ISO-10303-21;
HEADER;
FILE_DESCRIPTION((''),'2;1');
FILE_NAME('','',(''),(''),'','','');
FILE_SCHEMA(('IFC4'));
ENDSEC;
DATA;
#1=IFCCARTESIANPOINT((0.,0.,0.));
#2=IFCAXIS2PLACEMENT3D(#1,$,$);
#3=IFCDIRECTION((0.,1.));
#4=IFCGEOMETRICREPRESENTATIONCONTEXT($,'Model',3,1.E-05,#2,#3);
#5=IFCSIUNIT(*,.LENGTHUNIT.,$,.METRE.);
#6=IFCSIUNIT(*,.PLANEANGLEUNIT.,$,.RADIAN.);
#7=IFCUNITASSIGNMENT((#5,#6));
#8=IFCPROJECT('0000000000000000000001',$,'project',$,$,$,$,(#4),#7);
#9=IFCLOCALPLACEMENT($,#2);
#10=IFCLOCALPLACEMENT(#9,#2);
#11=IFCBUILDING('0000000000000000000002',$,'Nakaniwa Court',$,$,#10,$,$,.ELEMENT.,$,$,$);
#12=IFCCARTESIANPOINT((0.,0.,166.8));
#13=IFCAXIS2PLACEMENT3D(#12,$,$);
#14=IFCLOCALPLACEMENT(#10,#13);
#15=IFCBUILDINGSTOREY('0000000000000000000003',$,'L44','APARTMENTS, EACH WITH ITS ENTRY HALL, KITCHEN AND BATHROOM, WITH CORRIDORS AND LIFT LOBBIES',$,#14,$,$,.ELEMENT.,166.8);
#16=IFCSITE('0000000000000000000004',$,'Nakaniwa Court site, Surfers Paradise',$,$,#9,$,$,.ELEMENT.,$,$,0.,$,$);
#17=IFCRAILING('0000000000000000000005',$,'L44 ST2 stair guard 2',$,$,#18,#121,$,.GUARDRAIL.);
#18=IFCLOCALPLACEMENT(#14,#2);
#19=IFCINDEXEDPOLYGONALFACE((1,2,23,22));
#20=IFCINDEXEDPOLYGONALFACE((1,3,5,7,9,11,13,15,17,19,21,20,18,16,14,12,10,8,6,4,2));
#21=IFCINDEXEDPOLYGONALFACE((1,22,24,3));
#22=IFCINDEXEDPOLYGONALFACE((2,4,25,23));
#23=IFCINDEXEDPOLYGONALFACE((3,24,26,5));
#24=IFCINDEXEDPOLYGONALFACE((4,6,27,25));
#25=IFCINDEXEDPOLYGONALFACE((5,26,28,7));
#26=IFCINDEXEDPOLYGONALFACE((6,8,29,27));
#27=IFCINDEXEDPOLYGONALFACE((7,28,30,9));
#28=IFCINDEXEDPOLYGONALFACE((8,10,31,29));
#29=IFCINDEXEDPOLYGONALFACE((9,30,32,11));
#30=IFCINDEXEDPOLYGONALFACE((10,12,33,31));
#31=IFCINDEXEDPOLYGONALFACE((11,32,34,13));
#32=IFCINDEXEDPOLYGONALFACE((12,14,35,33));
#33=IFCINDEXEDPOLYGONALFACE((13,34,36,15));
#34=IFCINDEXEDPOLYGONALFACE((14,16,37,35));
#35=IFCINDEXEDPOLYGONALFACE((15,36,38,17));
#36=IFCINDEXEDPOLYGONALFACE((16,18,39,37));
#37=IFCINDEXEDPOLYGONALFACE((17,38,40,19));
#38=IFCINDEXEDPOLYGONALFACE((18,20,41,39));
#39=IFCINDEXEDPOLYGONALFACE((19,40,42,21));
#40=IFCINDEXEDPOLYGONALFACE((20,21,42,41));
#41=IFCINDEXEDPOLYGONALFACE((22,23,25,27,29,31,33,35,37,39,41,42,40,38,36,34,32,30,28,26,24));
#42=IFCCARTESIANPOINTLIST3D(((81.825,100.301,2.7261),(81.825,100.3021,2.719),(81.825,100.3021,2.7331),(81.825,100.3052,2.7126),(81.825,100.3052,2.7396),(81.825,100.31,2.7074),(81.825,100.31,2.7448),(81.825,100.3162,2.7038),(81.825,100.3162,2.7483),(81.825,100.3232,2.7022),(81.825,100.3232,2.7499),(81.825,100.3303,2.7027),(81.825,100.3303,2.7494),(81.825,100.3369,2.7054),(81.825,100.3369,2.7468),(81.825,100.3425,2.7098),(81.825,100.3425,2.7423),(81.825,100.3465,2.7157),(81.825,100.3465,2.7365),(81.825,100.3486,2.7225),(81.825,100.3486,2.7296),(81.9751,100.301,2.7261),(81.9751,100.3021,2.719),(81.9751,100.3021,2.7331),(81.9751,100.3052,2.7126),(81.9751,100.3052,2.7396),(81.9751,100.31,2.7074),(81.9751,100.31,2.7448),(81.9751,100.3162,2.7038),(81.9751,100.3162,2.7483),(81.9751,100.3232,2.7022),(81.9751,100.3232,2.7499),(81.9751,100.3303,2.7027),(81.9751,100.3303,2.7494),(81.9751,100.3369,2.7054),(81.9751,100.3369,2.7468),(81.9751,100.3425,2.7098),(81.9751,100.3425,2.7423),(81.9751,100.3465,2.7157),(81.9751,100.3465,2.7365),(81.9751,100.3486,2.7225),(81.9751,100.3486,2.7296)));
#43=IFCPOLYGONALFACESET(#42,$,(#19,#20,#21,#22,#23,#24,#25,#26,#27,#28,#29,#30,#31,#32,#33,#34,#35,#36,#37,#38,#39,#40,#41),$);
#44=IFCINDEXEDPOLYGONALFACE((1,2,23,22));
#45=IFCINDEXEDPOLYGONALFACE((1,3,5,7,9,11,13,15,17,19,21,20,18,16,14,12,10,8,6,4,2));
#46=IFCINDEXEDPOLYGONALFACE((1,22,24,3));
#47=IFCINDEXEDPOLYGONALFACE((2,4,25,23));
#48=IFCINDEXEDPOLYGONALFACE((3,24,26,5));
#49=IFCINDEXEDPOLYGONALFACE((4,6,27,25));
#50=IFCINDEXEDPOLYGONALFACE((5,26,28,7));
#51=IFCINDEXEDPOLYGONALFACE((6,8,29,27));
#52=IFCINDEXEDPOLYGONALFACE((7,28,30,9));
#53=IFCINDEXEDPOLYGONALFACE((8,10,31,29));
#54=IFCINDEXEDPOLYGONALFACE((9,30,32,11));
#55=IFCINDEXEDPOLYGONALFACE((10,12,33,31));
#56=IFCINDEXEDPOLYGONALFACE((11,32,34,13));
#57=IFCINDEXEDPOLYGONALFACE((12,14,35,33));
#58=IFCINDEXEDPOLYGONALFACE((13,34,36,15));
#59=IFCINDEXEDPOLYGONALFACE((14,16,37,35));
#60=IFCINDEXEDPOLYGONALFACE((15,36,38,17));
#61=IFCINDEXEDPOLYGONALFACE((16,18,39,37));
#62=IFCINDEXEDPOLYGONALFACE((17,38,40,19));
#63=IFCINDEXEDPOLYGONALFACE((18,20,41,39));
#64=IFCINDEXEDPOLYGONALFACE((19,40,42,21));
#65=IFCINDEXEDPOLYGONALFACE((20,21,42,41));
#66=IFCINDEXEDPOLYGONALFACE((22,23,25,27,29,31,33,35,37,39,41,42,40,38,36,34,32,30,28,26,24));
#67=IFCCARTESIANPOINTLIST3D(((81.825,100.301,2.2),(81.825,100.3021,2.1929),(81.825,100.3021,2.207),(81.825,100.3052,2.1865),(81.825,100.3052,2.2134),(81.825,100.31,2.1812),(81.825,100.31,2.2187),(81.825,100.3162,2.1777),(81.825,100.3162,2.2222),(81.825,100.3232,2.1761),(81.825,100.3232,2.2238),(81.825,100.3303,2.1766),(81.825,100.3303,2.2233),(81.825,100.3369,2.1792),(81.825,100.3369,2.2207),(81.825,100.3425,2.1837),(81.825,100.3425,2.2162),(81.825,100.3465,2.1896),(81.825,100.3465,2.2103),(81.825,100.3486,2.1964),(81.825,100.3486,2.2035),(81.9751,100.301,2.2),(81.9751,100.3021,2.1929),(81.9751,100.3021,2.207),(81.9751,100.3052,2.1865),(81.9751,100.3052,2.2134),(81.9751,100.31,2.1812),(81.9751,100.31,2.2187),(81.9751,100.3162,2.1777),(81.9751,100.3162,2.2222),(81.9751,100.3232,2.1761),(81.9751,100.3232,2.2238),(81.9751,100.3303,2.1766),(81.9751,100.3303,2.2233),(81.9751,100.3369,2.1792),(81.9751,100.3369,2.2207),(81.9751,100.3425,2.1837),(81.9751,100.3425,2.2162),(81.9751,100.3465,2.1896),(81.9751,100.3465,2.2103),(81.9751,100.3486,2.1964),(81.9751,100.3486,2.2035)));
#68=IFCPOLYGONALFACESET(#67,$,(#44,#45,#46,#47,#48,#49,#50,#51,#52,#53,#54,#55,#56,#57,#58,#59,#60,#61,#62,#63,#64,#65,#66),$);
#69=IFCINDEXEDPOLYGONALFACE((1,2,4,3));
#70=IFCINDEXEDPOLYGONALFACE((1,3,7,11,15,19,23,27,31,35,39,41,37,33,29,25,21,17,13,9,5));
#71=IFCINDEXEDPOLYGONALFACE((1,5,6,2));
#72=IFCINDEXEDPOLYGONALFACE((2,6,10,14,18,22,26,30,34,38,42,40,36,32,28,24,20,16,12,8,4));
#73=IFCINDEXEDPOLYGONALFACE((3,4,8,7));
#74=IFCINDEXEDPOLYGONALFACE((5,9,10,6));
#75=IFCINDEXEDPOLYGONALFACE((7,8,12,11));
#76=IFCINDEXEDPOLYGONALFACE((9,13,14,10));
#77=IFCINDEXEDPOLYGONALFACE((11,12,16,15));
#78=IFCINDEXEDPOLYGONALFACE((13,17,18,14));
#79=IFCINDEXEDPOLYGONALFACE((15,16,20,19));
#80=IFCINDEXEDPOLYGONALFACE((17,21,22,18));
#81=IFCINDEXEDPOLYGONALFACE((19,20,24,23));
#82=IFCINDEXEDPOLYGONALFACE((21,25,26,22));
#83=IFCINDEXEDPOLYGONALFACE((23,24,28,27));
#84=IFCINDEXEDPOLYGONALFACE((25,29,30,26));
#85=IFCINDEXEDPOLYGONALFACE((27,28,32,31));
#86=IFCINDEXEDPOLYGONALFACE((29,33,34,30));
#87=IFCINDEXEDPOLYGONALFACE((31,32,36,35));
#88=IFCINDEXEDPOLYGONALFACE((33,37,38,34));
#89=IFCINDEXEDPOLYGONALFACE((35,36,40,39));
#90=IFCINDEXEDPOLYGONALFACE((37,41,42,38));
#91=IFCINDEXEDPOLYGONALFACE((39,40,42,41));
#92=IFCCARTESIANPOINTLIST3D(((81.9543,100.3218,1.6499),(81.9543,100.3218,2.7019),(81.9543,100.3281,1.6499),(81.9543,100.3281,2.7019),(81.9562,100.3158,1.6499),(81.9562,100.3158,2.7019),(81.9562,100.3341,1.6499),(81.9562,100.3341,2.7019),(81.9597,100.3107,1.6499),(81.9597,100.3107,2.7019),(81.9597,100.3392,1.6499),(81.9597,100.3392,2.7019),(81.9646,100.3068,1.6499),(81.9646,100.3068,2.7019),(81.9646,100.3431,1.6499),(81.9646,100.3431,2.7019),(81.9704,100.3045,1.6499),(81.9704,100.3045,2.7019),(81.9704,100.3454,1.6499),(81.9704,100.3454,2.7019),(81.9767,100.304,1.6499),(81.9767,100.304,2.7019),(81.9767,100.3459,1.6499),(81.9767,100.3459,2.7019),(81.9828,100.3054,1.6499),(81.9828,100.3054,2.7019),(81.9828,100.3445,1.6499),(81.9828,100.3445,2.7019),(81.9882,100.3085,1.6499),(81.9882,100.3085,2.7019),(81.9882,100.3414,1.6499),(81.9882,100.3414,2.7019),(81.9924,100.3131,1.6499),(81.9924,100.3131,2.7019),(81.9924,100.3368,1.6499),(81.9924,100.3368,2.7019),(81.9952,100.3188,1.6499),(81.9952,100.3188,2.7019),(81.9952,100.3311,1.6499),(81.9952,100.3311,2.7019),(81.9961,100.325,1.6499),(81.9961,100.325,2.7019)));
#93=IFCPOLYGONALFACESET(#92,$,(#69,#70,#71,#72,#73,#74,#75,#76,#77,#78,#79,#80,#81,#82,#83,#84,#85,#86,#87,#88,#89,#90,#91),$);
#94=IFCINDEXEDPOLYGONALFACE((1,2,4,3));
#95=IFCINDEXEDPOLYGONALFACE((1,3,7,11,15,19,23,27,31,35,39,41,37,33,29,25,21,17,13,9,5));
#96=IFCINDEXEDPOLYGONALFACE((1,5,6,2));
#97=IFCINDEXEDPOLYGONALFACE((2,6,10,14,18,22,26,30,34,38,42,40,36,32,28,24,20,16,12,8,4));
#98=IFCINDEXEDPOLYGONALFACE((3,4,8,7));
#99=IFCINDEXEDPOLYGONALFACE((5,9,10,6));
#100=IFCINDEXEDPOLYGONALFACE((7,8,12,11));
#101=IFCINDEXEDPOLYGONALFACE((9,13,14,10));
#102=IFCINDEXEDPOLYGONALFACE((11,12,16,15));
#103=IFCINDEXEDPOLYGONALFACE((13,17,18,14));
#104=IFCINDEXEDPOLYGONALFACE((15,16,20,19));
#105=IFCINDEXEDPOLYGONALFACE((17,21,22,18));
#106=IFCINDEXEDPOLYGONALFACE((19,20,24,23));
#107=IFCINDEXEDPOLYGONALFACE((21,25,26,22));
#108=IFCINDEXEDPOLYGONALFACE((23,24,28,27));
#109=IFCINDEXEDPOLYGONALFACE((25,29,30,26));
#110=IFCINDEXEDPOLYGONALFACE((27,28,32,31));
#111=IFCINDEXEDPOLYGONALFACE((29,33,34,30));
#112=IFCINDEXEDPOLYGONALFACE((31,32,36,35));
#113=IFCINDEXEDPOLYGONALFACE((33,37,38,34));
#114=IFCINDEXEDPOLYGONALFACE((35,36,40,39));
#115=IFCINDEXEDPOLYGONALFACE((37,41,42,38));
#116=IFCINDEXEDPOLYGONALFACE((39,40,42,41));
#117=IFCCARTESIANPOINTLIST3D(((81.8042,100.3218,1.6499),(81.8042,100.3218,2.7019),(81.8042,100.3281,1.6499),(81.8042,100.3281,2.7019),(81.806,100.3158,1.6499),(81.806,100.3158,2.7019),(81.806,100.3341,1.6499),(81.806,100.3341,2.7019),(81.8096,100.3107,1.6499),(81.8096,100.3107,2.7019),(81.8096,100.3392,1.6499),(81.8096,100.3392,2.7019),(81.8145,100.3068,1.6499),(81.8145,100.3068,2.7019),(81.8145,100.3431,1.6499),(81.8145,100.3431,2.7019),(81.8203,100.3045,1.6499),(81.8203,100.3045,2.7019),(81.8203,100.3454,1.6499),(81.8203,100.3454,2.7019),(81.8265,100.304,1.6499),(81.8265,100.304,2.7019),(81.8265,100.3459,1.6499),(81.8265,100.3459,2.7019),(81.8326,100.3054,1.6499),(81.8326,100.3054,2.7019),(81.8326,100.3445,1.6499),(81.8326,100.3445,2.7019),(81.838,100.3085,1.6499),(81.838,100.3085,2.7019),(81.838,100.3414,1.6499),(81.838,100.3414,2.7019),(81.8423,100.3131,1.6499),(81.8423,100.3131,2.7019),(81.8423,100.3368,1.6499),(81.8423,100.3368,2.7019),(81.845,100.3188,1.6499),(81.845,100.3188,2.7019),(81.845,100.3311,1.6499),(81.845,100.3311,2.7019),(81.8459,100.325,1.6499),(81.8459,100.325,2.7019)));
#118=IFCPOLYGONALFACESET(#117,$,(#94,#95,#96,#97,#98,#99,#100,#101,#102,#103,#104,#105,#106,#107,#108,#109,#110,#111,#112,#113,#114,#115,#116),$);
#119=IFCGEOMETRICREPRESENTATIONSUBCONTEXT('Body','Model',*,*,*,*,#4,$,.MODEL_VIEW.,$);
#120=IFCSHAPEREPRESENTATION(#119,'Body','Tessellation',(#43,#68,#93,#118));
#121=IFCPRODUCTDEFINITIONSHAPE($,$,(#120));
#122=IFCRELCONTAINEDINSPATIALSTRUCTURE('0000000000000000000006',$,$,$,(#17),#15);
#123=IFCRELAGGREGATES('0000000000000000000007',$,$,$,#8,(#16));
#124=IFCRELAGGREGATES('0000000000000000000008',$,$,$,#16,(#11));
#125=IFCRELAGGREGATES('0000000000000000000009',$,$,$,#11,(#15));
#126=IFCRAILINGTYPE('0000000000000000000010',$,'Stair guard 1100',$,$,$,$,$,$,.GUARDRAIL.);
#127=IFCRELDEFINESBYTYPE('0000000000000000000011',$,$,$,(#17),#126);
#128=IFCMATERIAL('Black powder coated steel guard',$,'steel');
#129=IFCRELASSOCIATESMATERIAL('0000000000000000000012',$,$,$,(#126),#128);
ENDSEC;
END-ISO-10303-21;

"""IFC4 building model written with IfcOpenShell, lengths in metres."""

from ifc_helpers import new_model, si_unit, direction, frame, origin, origin_2d, place, context, subcontext, project, spatial, circle, extrude, material, type_object, element, save


model = new_model("IFC4")

# Units and contexts
model_context = context("Model", 3, precision=1e-05, world=origin(), true_north=direction((0.0, 1.0)))
body_context = subcontext(model_context, "Body", "Model", "MODEL_VIEW")
ifc_project = project(units=[si_unit("LENGTHUNIT", "METRE"), si_unit("PLANEANGLEUNIT", "RADIAN")], contexts=[model_context])

# Site, building, storey
site_placement = place(None, origin())
site = spatial("IfcSite", under=ifc_project, at=site_placement, Name="Nakaniwa Court site, Surfers Paradise", CompositionType="ELEMENT", RefElevation=0.0)
building_placement = place(site_placement, origin())
building = spatial("IfcBuilding", under=site, at=building_placement, Name="Nakaniwa Court", CompositionType="ELEMENT")
storey_placement = place(building_placement, frame((0.0, 0.0, 166.8)))
storey = spatial("IfcBuildingStorey", under=building, at=storey_placement, Name="L44", Description="APARTMENTS, EACH WITH ITS ENTRY HALL, KITCHEN AND BATHROOM, WITH CORRIDORS AND LIFT LOBBIES", CompositionType="ELEMENT", Elevation=166.8)

# Railing
ifc_material_1 = material(Name="Black powder coated steel guard", Category="steel")
railing_type_1 = type_object("IfcRailingType", Name="Stair guard 1100", PredefinedType="GUARDRAIL", material=ifc_material_1)
railing_1_placement = place(storey_placement, frame((81.9751, 100.325, 1.6499)))
element("IfcRailing", 1, at=railing_1_placement, inside=storey, type_object=railing_type_1, Name="L44 ST2 stair guard 2", PredefinedType="GUARDRAIL", context=body_context, shape_type="SweptSolid", body=[
    extrude(circle(Radius=0.0239, at=origin_2d()), frame((0.0, 0.0, 1.0762), z_axis=(-1.0, 0.0, 0.0), x_axis=(0.0, -1.0, 0.0)), (0.0, 0.0, 1.0), 0.1501),
    extrude(circle(Radius=0.0239, at=origin_2d()), frame((0.0, 0.0, 0.55), z_axis=(-1.0, 0.0, 0.0), x_axis=(0.0, -1.0, 0.0)), (0.0, 0.0, 1.0), 0.1501),
    extrude(circle(Radius=0.021, at=origin_2d()), origin(), (0.0, 0.0, 1.0), 1.052),
    extrude(circle(Radius=0.021, at=origin_2d()), frame((-0.1501, 0.0, 0.0)), (0.0, 0.0, 1.0), 1.052),
])

save(model, "model.ifc")
